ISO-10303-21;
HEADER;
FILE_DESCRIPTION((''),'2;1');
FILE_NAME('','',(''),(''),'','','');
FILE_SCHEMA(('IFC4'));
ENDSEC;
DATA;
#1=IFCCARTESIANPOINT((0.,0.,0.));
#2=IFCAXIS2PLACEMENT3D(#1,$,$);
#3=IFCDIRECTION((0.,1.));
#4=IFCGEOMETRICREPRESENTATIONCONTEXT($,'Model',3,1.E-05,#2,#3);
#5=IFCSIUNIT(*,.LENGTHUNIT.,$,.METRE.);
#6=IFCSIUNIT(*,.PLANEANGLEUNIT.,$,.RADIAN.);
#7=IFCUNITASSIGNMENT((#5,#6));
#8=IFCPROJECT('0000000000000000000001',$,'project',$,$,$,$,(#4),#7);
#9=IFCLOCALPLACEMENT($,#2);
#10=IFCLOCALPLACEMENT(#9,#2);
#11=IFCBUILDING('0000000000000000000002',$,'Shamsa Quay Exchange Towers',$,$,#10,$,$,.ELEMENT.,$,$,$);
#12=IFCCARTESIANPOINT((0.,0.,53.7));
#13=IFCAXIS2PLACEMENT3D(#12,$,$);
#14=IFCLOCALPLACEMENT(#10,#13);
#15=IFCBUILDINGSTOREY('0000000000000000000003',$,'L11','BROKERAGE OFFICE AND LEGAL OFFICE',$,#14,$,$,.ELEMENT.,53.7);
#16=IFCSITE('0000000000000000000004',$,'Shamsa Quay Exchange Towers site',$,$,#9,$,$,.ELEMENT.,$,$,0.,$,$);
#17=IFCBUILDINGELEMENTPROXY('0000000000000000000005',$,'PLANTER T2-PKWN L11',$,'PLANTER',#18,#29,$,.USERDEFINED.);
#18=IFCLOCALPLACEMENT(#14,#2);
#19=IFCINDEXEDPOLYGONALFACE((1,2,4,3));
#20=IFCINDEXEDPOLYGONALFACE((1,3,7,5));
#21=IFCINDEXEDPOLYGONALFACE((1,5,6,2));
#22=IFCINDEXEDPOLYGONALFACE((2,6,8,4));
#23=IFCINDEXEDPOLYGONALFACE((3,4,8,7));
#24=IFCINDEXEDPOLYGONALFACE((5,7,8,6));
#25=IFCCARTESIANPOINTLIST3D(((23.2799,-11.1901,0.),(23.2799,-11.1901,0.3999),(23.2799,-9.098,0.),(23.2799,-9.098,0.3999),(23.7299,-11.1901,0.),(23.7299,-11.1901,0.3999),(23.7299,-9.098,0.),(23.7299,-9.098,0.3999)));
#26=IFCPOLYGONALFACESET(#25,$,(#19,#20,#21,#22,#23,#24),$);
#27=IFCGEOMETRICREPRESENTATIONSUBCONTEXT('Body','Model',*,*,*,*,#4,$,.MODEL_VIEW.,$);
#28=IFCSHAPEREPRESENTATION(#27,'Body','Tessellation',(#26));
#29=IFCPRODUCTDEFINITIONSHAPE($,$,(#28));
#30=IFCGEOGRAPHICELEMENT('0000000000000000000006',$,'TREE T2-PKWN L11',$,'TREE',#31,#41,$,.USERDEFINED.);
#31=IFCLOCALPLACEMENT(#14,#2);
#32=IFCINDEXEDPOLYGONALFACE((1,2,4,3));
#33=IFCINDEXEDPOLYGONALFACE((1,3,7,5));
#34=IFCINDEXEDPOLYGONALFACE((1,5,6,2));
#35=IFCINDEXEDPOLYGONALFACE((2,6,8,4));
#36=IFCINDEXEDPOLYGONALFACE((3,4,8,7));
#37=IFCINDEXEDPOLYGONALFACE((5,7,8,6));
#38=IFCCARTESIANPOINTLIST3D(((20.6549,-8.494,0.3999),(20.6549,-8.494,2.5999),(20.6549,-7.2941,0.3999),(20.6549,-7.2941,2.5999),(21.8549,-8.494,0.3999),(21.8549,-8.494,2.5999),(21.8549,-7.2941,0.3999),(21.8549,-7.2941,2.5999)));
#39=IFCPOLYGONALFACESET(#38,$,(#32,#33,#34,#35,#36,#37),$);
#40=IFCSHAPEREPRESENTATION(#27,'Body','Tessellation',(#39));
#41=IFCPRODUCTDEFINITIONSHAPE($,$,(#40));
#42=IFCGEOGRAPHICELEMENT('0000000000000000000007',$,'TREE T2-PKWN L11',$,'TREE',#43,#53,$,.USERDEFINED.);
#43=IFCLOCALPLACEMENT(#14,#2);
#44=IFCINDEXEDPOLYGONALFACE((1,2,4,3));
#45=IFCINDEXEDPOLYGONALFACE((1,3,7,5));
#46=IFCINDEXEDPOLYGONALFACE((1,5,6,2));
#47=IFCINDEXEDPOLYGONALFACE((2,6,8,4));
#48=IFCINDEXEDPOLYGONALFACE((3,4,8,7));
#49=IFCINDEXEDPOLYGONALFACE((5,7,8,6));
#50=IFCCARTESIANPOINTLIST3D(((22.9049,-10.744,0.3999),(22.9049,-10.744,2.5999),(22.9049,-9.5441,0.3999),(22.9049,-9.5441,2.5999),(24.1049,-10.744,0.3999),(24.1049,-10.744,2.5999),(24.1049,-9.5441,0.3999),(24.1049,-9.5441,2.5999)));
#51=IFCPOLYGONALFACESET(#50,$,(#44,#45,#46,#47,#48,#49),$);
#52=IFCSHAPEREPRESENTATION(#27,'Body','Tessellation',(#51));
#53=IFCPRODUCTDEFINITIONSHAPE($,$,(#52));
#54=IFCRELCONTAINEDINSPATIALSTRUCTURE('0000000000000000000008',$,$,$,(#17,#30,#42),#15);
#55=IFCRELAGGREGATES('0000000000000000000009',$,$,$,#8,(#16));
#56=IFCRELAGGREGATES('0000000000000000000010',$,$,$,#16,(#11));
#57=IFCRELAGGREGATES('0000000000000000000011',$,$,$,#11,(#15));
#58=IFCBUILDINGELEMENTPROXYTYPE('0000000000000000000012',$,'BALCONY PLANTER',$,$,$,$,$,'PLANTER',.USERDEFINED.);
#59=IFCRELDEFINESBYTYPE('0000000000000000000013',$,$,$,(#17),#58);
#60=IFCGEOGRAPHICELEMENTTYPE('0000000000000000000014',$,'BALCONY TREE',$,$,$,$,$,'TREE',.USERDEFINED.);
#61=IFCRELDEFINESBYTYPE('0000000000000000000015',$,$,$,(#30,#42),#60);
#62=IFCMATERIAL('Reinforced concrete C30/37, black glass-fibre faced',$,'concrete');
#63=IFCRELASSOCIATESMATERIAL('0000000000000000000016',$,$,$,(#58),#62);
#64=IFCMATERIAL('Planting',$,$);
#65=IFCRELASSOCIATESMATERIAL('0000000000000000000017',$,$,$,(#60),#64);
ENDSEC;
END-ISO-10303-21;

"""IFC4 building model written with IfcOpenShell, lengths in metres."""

from ifc_helpers import new_model, si_unit, direction, frame, origin, origin_2d, place, context, subcontext, project, spatial, rectangle, extrude, material, type_object, element, save


model = new_model("IFC4")

# Units and contexts
model_context = context("Model", 3, precision=1e-05, world=origin(), true_north=direction((0.0, 1.0)))
body_context = subcontext(model_context, "Body", "Model", "MODEL_VIEW")
ifc_project = project(units=[si_unit("LENGTHUNIT", "METRE"), si_unit("PLANEANGLEUNIT", "RADIAN")], contexts=[model_context])

# Site, building, storey
site_placement = place(None, origin())
site = spatial("IfcSite", under=ifc_project, at=site_placement, Name="Shamsa Quay Exchange Towers site", CompositionType="ELEMENT", RefElevation=0.0)
building_placement = place(site_placement, origin())
building = spatial("IfcBuilding", under=site, at=building_placement, Name="Shamsa Quay Exchange Towers", CompositionType="ELEMENT")
storey_placement = place(building_placement, frame((0.0, 0.0, 53.7)))
storey = spatial("IfcBuildingStorey", under=building, at=storey_placement, Name="L11", Description="BROKERAGE OFFICE AND LEGAL OFFICE", CompositionType="ELEMENT", Elevation=53.7)

# Building element proxy
ifc_material_1 = material(Name="Reinforced concrete C30/37, black glass-fibre faced", Category="concrete")
building_element_proxy_type = type_object("IfcBuildingElementProxyType", Name="BALCONY PLANTER", ElementType="PLANTER", PredefinedType="USERDEFINED", material=ifc_material_1)
for number, where, z_axis, x_axis, name in (
    (1, (23.5049, -10.144, 0.0), (0.0, 0.0, 1.0), (0.0, -1.0, 0.0), "PLANTER T2-PKWN L11"),
):
    element("IfcBuildingElementProxy", number, at=place(storey_placement, frame(where, z_axis=z_axis, x_axis=x_axis)), inside=storey, type_object=building_element_proxy_type, Name=name, ObjectType="PLANTER", PredefinedType="USERDEFINED", context=body_context, shape_type="SweptSolid", body=[
        extrude(rectangle(XDim=2.092, YDim=0.45, at=origin_2d()), origin(), (0.0, 0.0, 1.0), 0.3999),
    ])

# Geographic elements
ifc_material_2 = material(Name="Planting")
geographic_element_type = type_object("IfcGeographicElementType", Name="BALCONY TREE", ElementType="TREE", PredefinedType="USERDEFINED", material=ifc_material_2)
for number, where, z_axis, x_axis, name in (
    (2, (21.2549, -7.894, 0.3999), (0.0, 0.0, 1.0), (0.0, -1.0, 0.0), "TREE T2-PKWN L11"),
    (3, (23.5049, -10.144, 0.3999), (0.0, 0.0, 1.0), (0.0, -1.0, 0.0), "TREE T2-PKWN L11"),
):
    element("IfcGeographicElement", number, at=place(storey_placement, frame(where, z_axis=z_axis, x_axis=x_axis)), inside=storey, type_object=geographic_element_type, Name=name, ObjectType="TREE", PredefinedType="USERDEFINED", context=body_context, shape_type="SweptSolid", body=[
        extrude(rectangle(XDim=1.2, YDim=1.2, at=origin_2d()), origin(), (0.0, 0.0, 1.0), 2.2),
    ])

save(model, "model.ifc")
